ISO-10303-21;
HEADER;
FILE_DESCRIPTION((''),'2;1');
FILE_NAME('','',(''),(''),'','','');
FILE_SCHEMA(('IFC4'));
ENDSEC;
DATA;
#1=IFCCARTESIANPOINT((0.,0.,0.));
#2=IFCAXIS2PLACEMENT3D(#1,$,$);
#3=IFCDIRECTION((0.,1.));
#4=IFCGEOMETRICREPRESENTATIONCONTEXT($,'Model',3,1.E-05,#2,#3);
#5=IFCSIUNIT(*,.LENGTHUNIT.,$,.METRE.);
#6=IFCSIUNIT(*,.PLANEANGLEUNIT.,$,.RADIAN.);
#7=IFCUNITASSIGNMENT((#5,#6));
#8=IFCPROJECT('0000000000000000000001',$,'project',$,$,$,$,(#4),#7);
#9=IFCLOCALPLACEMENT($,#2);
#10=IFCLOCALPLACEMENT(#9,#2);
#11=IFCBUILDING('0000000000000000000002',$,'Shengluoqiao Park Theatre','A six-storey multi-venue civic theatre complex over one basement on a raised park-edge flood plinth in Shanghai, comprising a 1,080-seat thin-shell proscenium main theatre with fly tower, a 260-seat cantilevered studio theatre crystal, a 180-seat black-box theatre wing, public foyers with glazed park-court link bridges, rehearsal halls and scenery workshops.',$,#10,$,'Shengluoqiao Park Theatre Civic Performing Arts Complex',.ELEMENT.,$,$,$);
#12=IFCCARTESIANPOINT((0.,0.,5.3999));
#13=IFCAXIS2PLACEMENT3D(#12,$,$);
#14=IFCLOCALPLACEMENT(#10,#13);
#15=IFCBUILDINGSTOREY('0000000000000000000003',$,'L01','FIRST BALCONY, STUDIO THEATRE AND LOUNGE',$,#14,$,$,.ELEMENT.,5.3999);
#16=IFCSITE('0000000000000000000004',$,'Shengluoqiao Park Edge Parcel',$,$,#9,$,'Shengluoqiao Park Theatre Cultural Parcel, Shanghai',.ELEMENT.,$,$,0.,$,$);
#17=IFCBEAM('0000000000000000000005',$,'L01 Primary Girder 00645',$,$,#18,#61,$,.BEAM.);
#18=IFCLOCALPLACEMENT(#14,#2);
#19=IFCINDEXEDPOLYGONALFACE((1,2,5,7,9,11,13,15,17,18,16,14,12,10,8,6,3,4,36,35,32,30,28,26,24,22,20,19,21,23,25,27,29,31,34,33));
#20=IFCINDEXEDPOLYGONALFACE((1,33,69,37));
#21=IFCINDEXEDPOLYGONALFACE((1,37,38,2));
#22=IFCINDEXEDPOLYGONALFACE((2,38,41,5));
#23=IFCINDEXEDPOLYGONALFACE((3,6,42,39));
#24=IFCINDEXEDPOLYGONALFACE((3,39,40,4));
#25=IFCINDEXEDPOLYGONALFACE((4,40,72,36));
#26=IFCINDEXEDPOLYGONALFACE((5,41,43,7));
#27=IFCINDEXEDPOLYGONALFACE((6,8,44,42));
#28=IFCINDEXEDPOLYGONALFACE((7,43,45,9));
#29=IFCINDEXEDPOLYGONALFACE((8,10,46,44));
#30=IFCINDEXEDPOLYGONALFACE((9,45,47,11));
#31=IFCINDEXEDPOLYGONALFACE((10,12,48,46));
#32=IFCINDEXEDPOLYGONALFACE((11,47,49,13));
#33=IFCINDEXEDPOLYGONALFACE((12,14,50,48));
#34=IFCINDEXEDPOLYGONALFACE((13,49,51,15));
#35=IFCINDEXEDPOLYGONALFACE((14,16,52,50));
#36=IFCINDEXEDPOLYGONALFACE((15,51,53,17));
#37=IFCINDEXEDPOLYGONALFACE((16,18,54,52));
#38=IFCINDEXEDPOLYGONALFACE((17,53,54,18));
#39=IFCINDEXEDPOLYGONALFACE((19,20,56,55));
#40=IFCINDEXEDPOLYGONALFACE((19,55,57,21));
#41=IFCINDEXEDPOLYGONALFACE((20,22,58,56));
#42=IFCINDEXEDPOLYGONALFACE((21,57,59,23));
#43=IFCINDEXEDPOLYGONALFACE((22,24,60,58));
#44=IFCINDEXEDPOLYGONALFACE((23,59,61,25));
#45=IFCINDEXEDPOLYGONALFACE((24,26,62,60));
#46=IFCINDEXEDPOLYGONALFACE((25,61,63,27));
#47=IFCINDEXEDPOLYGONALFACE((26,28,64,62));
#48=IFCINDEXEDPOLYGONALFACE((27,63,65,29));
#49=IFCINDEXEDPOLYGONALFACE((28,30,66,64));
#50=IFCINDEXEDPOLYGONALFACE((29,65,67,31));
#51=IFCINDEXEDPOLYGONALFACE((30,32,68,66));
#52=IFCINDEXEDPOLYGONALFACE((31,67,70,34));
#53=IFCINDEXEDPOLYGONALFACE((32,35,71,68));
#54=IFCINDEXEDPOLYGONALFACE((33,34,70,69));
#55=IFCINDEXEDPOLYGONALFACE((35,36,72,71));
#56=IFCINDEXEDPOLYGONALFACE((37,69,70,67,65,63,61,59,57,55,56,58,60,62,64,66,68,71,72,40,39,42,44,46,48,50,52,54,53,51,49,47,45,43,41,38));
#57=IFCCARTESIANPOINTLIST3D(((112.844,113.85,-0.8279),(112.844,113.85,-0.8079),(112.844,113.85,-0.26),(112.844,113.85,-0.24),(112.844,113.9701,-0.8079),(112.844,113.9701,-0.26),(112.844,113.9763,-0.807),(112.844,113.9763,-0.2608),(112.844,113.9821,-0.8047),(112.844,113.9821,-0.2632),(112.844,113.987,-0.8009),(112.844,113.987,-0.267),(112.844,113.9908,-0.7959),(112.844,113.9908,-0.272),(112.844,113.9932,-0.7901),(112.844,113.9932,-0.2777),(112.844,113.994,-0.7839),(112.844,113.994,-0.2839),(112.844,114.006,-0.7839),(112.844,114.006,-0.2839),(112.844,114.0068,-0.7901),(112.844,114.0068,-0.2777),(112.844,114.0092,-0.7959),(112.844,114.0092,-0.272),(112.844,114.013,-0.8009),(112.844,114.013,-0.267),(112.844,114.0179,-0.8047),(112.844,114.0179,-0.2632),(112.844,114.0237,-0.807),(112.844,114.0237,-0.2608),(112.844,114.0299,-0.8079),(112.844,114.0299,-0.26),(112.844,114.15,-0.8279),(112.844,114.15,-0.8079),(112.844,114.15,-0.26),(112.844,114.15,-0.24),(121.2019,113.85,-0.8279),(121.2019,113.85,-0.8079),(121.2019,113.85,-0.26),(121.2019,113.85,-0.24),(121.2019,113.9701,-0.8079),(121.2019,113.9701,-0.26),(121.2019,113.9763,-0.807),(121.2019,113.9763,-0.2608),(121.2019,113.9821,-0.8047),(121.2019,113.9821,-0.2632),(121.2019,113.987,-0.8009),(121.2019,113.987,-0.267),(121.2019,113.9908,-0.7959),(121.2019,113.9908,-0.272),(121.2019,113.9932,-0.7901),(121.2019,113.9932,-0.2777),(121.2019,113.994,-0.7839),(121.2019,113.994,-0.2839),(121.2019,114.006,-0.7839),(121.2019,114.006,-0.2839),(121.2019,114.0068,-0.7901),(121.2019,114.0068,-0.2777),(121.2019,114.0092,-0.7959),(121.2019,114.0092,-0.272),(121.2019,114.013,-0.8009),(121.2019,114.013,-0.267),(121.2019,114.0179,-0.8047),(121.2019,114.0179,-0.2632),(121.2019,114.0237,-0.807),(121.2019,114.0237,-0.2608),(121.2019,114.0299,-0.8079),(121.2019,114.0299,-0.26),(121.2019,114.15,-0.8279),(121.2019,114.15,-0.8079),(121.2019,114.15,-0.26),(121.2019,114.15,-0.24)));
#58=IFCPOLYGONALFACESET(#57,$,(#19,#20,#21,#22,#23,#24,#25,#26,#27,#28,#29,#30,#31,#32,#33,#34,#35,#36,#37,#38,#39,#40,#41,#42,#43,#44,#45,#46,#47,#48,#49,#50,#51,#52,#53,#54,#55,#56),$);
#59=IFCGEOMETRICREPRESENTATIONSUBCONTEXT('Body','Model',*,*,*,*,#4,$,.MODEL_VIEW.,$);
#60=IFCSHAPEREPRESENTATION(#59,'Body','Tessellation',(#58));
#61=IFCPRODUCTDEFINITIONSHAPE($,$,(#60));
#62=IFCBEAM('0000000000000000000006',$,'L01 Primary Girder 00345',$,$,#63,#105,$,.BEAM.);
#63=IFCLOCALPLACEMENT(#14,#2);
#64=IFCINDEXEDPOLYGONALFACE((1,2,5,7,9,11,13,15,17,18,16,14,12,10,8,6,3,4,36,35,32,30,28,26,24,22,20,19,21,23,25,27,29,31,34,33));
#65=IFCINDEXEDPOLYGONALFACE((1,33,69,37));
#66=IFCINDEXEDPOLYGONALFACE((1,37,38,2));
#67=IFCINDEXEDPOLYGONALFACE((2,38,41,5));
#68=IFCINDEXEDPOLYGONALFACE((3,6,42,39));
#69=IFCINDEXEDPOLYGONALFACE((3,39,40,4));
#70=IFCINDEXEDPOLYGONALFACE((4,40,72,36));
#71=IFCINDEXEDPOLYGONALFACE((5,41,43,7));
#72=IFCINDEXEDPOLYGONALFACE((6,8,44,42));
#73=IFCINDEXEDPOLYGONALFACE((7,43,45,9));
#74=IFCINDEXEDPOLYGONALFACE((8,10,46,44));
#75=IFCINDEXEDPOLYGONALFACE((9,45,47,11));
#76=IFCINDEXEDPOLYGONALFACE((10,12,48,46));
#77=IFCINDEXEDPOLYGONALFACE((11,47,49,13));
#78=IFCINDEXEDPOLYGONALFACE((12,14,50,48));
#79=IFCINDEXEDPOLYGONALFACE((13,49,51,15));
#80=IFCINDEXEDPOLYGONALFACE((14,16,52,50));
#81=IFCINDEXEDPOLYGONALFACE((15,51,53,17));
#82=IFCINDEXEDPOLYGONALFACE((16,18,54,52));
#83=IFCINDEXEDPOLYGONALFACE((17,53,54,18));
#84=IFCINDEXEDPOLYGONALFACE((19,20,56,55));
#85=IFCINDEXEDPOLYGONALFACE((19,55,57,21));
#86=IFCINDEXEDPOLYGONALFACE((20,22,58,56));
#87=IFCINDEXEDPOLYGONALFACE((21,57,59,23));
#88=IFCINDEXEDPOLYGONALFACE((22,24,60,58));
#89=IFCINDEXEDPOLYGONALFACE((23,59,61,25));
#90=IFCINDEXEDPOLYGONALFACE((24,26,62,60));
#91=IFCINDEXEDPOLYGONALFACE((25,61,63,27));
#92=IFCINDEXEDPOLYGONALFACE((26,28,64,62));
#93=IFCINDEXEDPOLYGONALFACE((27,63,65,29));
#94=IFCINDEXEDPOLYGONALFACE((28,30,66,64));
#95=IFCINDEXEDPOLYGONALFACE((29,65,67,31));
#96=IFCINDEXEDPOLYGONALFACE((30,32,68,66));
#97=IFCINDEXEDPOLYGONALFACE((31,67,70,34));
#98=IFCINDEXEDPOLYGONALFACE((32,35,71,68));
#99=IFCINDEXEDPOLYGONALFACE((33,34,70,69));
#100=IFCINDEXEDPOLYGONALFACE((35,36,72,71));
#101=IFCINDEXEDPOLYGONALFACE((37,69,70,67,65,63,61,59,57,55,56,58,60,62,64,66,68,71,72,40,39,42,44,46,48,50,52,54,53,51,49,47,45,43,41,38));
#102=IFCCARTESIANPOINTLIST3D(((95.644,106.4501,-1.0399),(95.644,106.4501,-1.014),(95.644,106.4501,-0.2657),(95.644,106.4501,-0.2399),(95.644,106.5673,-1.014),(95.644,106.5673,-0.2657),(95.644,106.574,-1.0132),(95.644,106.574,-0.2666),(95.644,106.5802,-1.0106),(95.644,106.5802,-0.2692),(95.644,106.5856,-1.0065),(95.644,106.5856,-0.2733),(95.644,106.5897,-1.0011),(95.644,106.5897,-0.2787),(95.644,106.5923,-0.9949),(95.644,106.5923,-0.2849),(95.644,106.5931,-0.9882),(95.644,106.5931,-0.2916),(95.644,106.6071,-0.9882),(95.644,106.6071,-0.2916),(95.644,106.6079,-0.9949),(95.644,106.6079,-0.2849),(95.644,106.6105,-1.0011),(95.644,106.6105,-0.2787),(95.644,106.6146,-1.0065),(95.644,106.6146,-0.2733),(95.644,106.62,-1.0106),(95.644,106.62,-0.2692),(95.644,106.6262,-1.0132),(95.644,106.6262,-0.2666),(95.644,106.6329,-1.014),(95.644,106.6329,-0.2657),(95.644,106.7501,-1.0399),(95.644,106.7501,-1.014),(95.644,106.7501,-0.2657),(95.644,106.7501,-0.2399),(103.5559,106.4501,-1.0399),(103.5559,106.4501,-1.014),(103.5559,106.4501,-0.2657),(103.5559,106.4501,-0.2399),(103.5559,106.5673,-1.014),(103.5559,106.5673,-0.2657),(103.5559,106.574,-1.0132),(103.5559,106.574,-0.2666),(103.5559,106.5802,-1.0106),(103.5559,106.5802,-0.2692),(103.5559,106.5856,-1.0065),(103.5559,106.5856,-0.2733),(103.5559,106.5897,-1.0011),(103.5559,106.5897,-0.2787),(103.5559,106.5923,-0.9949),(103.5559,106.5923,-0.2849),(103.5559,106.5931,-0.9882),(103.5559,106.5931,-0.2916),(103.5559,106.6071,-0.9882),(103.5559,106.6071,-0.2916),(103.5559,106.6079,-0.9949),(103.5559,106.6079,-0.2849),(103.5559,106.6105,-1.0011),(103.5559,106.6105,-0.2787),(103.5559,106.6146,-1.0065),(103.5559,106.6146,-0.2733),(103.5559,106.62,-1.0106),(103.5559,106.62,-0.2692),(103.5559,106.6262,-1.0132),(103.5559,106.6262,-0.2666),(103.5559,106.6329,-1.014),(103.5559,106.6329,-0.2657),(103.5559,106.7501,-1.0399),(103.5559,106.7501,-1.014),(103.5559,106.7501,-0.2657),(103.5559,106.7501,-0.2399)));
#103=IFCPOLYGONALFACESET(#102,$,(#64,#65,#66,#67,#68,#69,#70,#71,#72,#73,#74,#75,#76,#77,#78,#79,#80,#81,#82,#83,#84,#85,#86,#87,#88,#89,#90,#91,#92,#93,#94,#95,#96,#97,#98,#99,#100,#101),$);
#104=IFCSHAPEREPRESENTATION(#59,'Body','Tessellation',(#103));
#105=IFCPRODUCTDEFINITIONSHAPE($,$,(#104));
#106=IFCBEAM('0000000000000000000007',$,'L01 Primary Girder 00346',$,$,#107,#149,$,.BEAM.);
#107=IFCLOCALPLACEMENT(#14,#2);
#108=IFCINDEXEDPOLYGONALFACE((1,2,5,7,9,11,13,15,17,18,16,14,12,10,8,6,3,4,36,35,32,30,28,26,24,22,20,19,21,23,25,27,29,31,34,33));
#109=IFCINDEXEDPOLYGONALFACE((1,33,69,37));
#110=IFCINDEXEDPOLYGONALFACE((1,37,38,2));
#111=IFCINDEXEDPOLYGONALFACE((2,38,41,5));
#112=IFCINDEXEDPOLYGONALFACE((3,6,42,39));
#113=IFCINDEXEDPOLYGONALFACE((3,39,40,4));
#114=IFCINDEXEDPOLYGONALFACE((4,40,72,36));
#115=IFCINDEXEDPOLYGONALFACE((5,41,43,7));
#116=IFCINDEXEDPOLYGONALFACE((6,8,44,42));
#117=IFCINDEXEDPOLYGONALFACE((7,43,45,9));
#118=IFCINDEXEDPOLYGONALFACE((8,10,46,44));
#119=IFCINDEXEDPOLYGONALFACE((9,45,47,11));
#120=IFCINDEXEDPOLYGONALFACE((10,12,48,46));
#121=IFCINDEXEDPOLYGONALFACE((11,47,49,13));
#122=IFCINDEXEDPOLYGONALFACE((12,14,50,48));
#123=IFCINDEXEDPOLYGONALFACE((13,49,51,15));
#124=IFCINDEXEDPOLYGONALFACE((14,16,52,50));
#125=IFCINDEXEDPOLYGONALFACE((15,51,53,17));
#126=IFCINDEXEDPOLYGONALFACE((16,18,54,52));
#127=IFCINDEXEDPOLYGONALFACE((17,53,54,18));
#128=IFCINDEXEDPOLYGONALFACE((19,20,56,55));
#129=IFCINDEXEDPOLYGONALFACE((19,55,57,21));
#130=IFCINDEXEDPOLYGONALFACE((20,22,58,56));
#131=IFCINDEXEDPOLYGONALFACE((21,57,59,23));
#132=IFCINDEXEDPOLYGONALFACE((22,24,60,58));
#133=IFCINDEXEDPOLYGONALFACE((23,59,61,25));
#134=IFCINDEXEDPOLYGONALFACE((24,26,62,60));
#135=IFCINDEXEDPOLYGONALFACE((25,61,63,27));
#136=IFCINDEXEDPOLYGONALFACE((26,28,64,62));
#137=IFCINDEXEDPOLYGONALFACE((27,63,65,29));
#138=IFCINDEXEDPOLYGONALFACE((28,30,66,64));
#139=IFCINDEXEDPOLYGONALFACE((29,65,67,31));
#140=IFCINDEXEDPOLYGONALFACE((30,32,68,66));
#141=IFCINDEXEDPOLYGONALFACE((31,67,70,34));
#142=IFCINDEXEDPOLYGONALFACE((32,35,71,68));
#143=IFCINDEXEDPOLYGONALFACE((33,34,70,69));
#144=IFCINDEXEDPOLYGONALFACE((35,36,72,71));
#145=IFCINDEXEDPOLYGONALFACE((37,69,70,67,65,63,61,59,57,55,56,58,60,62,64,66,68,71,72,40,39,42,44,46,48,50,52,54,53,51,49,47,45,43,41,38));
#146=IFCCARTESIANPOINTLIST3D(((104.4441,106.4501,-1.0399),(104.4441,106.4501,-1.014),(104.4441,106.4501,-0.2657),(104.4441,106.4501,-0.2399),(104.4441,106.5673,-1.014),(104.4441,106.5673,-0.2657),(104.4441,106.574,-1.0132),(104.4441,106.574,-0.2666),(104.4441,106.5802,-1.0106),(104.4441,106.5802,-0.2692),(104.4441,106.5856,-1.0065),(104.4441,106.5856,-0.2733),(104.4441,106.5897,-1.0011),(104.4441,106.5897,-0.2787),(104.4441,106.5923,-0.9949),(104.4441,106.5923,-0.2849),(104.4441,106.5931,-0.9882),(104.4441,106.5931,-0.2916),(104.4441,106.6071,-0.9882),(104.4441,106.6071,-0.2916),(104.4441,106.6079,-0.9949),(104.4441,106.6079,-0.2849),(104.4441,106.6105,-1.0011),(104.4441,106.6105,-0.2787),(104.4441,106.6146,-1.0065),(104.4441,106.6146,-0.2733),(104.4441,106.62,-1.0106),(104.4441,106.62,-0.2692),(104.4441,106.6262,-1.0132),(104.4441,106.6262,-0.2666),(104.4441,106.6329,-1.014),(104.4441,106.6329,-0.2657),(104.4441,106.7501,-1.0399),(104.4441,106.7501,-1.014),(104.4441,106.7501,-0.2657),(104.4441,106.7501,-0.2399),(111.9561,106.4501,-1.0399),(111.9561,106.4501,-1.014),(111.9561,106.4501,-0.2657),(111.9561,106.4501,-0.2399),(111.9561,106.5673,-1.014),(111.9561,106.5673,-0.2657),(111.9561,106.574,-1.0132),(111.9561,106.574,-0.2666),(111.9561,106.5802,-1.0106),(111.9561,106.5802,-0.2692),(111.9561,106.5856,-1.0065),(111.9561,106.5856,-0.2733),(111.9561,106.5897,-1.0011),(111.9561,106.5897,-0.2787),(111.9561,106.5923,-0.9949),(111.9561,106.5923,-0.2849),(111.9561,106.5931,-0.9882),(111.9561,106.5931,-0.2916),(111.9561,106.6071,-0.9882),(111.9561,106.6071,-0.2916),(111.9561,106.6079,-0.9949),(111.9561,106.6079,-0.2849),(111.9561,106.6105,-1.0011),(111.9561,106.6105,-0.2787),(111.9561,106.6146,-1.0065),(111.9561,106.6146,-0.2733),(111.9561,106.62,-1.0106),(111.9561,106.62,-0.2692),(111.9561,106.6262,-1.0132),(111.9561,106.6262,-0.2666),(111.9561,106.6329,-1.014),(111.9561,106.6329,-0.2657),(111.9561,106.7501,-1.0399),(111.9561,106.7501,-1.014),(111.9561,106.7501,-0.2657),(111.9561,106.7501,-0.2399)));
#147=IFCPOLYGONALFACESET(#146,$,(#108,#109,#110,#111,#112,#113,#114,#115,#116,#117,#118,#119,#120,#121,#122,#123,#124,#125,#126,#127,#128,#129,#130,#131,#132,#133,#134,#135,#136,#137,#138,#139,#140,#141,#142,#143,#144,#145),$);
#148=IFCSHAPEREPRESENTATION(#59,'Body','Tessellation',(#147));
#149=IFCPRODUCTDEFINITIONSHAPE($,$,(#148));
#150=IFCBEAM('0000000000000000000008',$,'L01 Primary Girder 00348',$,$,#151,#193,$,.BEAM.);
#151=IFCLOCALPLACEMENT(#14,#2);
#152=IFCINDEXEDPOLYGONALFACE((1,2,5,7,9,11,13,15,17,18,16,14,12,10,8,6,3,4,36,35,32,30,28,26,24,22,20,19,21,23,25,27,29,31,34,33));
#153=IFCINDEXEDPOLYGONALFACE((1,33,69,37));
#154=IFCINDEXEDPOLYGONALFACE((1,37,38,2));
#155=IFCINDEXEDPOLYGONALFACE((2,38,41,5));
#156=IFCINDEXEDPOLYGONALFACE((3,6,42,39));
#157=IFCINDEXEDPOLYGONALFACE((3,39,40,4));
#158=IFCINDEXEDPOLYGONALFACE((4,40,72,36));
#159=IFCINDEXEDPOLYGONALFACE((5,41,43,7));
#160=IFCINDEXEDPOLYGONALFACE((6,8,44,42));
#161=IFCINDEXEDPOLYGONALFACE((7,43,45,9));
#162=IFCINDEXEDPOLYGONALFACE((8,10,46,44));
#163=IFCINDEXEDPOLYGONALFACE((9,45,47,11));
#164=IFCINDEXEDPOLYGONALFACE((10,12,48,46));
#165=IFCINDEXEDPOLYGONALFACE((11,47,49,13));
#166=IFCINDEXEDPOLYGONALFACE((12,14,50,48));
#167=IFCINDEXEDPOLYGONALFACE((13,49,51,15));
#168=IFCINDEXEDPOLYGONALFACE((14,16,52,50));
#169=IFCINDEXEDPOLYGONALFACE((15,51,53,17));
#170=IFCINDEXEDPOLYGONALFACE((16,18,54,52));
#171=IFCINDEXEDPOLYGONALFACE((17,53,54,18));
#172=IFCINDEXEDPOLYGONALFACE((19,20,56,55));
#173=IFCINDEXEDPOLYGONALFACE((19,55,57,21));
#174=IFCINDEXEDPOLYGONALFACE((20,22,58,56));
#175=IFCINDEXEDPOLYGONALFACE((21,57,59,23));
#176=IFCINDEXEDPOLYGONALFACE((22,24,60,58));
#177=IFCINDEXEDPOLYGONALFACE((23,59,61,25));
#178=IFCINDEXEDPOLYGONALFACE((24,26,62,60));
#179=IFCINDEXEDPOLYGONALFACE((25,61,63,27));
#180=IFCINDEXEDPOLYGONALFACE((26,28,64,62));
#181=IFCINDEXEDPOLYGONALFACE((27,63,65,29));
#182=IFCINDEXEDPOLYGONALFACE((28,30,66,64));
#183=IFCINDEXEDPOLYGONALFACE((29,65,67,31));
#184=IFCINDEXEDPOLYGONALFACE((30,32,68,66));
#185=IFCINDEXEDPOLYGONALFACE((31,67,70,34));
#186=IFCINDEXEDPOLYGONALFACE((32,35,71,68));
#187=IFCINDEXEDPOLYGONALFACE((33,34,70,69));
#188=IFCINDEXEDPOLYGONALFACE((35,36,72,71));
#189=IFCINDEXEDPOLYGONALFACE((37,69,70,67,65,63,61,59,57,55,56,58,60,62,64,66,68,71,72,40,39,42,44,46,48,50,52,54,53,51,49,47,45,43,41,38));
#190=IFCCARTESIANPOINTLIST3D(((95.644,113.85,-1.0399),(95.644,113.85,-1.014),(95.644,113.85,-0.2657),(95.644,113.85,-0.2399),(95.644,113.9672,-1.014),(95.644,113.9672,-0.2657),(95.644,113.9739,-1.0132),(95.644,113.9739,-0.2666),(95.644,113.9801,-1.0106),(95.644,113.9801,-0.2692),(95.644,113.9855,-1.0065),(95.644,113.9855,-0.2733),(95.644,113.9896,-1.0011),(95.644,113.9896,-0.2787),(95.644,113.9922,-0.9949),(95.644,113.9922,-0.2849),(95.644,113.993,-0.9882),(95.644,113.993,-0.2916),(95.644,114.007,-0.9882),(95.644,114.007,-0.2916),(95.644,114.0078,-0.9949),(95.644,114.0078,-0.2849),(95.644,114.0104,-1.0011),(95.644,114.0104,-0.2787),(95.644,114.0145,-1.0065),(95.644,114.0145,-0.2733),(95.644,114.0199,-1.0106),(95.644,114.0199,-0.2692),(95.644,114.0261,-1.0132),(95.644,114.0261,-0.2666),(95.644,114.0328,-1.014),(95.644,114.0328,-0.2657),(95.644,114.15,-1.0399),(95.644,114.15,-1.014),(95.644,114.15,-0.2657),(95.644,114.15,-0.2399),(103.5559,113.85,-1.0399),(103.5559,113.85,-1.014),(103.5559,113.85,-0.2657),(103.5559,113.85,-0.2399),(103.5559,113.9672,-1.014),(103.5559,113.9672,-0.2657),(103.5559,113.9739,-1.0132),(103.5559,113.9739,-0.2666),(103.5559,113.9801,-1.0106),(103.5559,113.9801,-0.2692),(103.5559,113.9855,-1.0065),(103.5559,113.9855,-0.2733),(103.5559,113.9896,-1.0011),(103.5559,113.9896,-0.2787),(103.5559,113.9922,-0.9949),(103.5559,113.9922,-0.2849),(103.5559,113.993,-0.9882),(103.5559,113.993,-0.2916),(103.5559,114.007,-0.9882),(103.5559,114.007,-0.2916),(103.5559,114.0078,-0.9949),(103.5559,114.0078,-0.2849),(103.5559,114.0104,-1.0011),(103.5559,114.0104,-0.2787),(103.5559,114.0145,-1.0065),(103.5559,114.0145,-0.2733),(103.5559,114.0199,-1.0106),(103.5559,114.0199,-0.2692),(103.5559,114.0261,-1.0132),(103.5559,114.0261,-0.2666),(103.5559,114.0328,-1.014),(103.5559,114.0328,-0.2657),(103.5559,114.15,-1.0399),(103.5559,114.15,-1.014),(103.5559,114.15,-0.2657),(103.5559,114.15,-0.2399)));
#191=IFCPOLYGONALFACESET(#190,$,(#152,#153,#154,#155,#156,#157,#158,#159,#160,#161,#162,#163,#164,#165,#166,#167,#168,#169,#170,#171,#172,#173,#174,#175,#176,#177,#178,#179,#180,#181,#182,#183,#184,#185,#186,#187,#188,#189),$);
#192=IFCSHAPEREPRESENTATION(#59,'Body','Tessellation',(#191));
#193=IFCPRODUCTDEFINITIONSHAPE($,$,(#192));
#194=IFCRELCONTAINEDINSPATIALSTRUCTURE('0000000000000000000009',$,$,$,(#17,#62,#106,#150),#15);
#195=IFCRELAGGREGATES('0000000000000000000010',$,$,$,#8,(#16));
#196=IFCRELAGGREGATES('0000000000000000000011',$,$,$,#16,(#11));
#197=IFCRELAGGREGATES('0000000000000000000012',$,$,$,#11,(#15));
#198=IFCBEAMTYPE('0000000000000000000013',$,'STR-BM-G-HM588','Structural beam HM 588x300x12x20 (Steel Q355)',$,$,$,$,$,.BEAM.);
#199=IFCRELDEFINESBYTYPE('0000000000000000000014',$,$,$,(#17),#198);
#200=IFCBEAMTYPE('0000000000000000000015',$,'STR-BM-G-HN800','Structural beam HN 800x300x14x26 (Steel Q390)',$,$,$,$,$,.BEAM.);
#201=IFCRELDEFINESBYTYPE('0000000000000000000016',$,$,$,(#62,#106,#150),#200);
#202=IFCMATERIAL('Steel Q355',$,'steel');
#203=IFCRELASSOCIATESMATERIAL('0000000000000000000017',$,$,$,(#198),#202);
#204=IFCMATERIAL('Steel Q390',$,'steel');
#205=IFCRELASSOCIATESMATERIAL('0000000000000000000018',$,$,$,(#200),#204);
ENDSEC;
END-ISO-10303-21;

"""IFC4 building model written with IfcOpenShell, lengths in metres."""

from ifc_helpers import new_model, si_unit, direction, frame, origin, origin_2d, place, context, subcontext, project, spatial, i_section, extrude, material, material_profile, profile_set, type_object, element, save


model = new_model("IFC4")

# Units and contexts
model_context = context("Model", 3, precision=1e-05, world=origin(), true_north=direction((0.0, 1.0)))
body_context = subcontext(model_context, "Body", "Model", "MODEL_VIEW")
ifc_project = project(units=[si_unit("LENGTHUNIT", "METRE"), si_unit("PLANEANGLEUNIT", "RADIAN")], contexts=[model_context])

# Site, building, storey
site_placement = place(None, origin())
site = spatial("IfcSite", under=ifc_project, at=site_placement, Name="Shengluoqiao Park Edge Parcel", LongName="Shengluoqiao Park Theatre Cultural Parcel, Shanghai", CompositionType="ELEMENT", RefElevation=0.0)
building_placement = place(site_placement, origin())
building = spatial("IfcBuilding", under=site, at=building_placement, Name="Shengluoqiao Park Theatre", Description="A six-storey multi-venue civic theatre complex over one basement on a raised park-edge flood plinth in Shanghai, comprising a 1,080-seat thin-shell proscenium main theatre with fly tower, a 260-seat cantilevered studio theatre crystal, a 180-seat black-box theatre wing, public foyers with glazed park-court link bridges, rehearsal halls and scenery workshops.", LongName="Shengluoqiao Park Theatre Civic Performing Arts Complex", CompositionType="ELEMENT")
storey_placement = place(building_placement, frame((0.0, 0.0, 5.3999)))
storey = spatial("IfcBuildingStorey", under=building, at=storey_placement, Name="L01", Description="FIRST BALCONY, STUDIO THEATRE AND LOUNGE", CompositionType="ELEMENT", Elevation=5.3999)

# Beams
ifc_material_1 = material(Name="Steel Q355", Category="steel")
ifc_material_profile_1 = material_profile(ifc_material_1, i_section(OverallWidth=0.3, OverallDepth=0.5879, WebThickness=0.012, FlangeThickness=0.02, FilletRadius=0.0239, at=origin_2d()), Name="HM 588x300x12x20")
ifc_profile_set_1 = profile_set([ifc_material_profile_1], Name="Steel Q355")
beam_type_1 = type_object("IfcBeamType", Name="STR-BM-G-HM588", Description="Structural beam HM 588x300x12x20 (Steel Q355)", PredefinedType="BEAM", material=ifc_profile_set_1)
beam_1_placement = place(storey_placement, frame((112.844, 114.0, -0.5339), z_axis=(1.0, 0.0, 0.0), x_axis=(0.0, 1.0, 0.0)))
element("IfcBeam", 1, at=beam_1_placement, inside=storey, type_object=beam_type_1, Name="L01 Primary Girder 00645", PredefinedType="BEAM", context=body_context, shape_type="SweptSolid", body=[
    extrude(i_section(OverallWidth=0.3, OverallDepth=0.5879, WebThickness=0.012, FlangeThickness=0.02, FilletRadius=0.0239, at=origin_2d()), origin(), (0.0, 0.0, 1.0), 8.3579),
])
ifc_material_2 = material(Name="Steel Q390", Category="steel")
ifc_material_profile_2 = material_profile(ifc_material_2, i_section(OverallWidth=0.3, OverallDepth=0.8, WebThickness=0.0139, FlangeThickness=0.0259, FilletRadius=0.0259, at=origin_2d()), Name="HN 800x300x14x26")
ifc_profile_set_2 = profile_set([ifc_material_profile_2], Name="Steel Q390")
beam_type_2 = type_object("IfcBeamType", Name="STR-BM-G-HN800", Description="Structural beam HN 800x300x14x26 (Steel Q390)", PredefinedType="BEAM", material=ifc_profile_set_2)
beam_2_placement = place(storey_placement, frame((95.644, 106.6001, -0.6399), z_axis=(1.0, 0.0, 0.0), x_axis=(0.0, 1.0, 0.0)))
element("IfcBeam", 2, at=beam_2_placement, inside=storey, type_object=beam_type_2, Name="L01 Primary Girder 00345", PredefinedType="BEAM", context=body_context, shape_type="SweptSolid", body=[
    extrude(i_section(OverallWidth=0.3, OverallDepth=0.8, WebThickness=0.0139, FlangeThickness=0.0259, FilletRadius=0.0259, at=origin_2d()), origin(), (0.0, 0.0, 1.0), 7.9119),
])
beam_3_placement = place(storey_placement, frame((104.4441, 106.6001, -0.6399), z_axis=(1.0, 0.0, 0.0), x_axis=(0.0, 1.0, 0.0)))
element("IfcBeam", 3, at=beam_3_placement, inside=storey, type_object=beam_type_2, Name="L01 Primary Girder 00346", PredefinedType="BEAM", context=body_context, shape_type="SweptSolid", body=[
    extrude(i_section(OverallWidth=0.3, OverallDepth=0.8, WebThickness=0.0139, FlangeThickness=0.0259, FilletRadius=0.0259, at=origin_2d()), origin(), (0.0, 0.0, 1.0), 7.512),
])
beam_4_placement = place(storey_placement, frame((95.644, 114.0, -0.6399), z_axis=(1.0, 0.0, 0.0), x_axis=(0.0, 1.0, 0.0)))
element("IfcBeam", 4, at=beam_4_placement, inside=storey, type_object=beam_type_2, Name="L01 Primary Girder 00348", PredefinedType="BEAM", context=body_context, shape_type="SweptSolid", body=[
    extrude(i_section(OverallWidth=0.3, OverallDepth=0.8, WebThickness=0.0139, FlangeThickness=0.0259, FilletRadius=0.0259, at=origin_2d()), origin(), (0.0, 0.0, 1.0), 7.9119),
])

save(model, "model.ifc")
